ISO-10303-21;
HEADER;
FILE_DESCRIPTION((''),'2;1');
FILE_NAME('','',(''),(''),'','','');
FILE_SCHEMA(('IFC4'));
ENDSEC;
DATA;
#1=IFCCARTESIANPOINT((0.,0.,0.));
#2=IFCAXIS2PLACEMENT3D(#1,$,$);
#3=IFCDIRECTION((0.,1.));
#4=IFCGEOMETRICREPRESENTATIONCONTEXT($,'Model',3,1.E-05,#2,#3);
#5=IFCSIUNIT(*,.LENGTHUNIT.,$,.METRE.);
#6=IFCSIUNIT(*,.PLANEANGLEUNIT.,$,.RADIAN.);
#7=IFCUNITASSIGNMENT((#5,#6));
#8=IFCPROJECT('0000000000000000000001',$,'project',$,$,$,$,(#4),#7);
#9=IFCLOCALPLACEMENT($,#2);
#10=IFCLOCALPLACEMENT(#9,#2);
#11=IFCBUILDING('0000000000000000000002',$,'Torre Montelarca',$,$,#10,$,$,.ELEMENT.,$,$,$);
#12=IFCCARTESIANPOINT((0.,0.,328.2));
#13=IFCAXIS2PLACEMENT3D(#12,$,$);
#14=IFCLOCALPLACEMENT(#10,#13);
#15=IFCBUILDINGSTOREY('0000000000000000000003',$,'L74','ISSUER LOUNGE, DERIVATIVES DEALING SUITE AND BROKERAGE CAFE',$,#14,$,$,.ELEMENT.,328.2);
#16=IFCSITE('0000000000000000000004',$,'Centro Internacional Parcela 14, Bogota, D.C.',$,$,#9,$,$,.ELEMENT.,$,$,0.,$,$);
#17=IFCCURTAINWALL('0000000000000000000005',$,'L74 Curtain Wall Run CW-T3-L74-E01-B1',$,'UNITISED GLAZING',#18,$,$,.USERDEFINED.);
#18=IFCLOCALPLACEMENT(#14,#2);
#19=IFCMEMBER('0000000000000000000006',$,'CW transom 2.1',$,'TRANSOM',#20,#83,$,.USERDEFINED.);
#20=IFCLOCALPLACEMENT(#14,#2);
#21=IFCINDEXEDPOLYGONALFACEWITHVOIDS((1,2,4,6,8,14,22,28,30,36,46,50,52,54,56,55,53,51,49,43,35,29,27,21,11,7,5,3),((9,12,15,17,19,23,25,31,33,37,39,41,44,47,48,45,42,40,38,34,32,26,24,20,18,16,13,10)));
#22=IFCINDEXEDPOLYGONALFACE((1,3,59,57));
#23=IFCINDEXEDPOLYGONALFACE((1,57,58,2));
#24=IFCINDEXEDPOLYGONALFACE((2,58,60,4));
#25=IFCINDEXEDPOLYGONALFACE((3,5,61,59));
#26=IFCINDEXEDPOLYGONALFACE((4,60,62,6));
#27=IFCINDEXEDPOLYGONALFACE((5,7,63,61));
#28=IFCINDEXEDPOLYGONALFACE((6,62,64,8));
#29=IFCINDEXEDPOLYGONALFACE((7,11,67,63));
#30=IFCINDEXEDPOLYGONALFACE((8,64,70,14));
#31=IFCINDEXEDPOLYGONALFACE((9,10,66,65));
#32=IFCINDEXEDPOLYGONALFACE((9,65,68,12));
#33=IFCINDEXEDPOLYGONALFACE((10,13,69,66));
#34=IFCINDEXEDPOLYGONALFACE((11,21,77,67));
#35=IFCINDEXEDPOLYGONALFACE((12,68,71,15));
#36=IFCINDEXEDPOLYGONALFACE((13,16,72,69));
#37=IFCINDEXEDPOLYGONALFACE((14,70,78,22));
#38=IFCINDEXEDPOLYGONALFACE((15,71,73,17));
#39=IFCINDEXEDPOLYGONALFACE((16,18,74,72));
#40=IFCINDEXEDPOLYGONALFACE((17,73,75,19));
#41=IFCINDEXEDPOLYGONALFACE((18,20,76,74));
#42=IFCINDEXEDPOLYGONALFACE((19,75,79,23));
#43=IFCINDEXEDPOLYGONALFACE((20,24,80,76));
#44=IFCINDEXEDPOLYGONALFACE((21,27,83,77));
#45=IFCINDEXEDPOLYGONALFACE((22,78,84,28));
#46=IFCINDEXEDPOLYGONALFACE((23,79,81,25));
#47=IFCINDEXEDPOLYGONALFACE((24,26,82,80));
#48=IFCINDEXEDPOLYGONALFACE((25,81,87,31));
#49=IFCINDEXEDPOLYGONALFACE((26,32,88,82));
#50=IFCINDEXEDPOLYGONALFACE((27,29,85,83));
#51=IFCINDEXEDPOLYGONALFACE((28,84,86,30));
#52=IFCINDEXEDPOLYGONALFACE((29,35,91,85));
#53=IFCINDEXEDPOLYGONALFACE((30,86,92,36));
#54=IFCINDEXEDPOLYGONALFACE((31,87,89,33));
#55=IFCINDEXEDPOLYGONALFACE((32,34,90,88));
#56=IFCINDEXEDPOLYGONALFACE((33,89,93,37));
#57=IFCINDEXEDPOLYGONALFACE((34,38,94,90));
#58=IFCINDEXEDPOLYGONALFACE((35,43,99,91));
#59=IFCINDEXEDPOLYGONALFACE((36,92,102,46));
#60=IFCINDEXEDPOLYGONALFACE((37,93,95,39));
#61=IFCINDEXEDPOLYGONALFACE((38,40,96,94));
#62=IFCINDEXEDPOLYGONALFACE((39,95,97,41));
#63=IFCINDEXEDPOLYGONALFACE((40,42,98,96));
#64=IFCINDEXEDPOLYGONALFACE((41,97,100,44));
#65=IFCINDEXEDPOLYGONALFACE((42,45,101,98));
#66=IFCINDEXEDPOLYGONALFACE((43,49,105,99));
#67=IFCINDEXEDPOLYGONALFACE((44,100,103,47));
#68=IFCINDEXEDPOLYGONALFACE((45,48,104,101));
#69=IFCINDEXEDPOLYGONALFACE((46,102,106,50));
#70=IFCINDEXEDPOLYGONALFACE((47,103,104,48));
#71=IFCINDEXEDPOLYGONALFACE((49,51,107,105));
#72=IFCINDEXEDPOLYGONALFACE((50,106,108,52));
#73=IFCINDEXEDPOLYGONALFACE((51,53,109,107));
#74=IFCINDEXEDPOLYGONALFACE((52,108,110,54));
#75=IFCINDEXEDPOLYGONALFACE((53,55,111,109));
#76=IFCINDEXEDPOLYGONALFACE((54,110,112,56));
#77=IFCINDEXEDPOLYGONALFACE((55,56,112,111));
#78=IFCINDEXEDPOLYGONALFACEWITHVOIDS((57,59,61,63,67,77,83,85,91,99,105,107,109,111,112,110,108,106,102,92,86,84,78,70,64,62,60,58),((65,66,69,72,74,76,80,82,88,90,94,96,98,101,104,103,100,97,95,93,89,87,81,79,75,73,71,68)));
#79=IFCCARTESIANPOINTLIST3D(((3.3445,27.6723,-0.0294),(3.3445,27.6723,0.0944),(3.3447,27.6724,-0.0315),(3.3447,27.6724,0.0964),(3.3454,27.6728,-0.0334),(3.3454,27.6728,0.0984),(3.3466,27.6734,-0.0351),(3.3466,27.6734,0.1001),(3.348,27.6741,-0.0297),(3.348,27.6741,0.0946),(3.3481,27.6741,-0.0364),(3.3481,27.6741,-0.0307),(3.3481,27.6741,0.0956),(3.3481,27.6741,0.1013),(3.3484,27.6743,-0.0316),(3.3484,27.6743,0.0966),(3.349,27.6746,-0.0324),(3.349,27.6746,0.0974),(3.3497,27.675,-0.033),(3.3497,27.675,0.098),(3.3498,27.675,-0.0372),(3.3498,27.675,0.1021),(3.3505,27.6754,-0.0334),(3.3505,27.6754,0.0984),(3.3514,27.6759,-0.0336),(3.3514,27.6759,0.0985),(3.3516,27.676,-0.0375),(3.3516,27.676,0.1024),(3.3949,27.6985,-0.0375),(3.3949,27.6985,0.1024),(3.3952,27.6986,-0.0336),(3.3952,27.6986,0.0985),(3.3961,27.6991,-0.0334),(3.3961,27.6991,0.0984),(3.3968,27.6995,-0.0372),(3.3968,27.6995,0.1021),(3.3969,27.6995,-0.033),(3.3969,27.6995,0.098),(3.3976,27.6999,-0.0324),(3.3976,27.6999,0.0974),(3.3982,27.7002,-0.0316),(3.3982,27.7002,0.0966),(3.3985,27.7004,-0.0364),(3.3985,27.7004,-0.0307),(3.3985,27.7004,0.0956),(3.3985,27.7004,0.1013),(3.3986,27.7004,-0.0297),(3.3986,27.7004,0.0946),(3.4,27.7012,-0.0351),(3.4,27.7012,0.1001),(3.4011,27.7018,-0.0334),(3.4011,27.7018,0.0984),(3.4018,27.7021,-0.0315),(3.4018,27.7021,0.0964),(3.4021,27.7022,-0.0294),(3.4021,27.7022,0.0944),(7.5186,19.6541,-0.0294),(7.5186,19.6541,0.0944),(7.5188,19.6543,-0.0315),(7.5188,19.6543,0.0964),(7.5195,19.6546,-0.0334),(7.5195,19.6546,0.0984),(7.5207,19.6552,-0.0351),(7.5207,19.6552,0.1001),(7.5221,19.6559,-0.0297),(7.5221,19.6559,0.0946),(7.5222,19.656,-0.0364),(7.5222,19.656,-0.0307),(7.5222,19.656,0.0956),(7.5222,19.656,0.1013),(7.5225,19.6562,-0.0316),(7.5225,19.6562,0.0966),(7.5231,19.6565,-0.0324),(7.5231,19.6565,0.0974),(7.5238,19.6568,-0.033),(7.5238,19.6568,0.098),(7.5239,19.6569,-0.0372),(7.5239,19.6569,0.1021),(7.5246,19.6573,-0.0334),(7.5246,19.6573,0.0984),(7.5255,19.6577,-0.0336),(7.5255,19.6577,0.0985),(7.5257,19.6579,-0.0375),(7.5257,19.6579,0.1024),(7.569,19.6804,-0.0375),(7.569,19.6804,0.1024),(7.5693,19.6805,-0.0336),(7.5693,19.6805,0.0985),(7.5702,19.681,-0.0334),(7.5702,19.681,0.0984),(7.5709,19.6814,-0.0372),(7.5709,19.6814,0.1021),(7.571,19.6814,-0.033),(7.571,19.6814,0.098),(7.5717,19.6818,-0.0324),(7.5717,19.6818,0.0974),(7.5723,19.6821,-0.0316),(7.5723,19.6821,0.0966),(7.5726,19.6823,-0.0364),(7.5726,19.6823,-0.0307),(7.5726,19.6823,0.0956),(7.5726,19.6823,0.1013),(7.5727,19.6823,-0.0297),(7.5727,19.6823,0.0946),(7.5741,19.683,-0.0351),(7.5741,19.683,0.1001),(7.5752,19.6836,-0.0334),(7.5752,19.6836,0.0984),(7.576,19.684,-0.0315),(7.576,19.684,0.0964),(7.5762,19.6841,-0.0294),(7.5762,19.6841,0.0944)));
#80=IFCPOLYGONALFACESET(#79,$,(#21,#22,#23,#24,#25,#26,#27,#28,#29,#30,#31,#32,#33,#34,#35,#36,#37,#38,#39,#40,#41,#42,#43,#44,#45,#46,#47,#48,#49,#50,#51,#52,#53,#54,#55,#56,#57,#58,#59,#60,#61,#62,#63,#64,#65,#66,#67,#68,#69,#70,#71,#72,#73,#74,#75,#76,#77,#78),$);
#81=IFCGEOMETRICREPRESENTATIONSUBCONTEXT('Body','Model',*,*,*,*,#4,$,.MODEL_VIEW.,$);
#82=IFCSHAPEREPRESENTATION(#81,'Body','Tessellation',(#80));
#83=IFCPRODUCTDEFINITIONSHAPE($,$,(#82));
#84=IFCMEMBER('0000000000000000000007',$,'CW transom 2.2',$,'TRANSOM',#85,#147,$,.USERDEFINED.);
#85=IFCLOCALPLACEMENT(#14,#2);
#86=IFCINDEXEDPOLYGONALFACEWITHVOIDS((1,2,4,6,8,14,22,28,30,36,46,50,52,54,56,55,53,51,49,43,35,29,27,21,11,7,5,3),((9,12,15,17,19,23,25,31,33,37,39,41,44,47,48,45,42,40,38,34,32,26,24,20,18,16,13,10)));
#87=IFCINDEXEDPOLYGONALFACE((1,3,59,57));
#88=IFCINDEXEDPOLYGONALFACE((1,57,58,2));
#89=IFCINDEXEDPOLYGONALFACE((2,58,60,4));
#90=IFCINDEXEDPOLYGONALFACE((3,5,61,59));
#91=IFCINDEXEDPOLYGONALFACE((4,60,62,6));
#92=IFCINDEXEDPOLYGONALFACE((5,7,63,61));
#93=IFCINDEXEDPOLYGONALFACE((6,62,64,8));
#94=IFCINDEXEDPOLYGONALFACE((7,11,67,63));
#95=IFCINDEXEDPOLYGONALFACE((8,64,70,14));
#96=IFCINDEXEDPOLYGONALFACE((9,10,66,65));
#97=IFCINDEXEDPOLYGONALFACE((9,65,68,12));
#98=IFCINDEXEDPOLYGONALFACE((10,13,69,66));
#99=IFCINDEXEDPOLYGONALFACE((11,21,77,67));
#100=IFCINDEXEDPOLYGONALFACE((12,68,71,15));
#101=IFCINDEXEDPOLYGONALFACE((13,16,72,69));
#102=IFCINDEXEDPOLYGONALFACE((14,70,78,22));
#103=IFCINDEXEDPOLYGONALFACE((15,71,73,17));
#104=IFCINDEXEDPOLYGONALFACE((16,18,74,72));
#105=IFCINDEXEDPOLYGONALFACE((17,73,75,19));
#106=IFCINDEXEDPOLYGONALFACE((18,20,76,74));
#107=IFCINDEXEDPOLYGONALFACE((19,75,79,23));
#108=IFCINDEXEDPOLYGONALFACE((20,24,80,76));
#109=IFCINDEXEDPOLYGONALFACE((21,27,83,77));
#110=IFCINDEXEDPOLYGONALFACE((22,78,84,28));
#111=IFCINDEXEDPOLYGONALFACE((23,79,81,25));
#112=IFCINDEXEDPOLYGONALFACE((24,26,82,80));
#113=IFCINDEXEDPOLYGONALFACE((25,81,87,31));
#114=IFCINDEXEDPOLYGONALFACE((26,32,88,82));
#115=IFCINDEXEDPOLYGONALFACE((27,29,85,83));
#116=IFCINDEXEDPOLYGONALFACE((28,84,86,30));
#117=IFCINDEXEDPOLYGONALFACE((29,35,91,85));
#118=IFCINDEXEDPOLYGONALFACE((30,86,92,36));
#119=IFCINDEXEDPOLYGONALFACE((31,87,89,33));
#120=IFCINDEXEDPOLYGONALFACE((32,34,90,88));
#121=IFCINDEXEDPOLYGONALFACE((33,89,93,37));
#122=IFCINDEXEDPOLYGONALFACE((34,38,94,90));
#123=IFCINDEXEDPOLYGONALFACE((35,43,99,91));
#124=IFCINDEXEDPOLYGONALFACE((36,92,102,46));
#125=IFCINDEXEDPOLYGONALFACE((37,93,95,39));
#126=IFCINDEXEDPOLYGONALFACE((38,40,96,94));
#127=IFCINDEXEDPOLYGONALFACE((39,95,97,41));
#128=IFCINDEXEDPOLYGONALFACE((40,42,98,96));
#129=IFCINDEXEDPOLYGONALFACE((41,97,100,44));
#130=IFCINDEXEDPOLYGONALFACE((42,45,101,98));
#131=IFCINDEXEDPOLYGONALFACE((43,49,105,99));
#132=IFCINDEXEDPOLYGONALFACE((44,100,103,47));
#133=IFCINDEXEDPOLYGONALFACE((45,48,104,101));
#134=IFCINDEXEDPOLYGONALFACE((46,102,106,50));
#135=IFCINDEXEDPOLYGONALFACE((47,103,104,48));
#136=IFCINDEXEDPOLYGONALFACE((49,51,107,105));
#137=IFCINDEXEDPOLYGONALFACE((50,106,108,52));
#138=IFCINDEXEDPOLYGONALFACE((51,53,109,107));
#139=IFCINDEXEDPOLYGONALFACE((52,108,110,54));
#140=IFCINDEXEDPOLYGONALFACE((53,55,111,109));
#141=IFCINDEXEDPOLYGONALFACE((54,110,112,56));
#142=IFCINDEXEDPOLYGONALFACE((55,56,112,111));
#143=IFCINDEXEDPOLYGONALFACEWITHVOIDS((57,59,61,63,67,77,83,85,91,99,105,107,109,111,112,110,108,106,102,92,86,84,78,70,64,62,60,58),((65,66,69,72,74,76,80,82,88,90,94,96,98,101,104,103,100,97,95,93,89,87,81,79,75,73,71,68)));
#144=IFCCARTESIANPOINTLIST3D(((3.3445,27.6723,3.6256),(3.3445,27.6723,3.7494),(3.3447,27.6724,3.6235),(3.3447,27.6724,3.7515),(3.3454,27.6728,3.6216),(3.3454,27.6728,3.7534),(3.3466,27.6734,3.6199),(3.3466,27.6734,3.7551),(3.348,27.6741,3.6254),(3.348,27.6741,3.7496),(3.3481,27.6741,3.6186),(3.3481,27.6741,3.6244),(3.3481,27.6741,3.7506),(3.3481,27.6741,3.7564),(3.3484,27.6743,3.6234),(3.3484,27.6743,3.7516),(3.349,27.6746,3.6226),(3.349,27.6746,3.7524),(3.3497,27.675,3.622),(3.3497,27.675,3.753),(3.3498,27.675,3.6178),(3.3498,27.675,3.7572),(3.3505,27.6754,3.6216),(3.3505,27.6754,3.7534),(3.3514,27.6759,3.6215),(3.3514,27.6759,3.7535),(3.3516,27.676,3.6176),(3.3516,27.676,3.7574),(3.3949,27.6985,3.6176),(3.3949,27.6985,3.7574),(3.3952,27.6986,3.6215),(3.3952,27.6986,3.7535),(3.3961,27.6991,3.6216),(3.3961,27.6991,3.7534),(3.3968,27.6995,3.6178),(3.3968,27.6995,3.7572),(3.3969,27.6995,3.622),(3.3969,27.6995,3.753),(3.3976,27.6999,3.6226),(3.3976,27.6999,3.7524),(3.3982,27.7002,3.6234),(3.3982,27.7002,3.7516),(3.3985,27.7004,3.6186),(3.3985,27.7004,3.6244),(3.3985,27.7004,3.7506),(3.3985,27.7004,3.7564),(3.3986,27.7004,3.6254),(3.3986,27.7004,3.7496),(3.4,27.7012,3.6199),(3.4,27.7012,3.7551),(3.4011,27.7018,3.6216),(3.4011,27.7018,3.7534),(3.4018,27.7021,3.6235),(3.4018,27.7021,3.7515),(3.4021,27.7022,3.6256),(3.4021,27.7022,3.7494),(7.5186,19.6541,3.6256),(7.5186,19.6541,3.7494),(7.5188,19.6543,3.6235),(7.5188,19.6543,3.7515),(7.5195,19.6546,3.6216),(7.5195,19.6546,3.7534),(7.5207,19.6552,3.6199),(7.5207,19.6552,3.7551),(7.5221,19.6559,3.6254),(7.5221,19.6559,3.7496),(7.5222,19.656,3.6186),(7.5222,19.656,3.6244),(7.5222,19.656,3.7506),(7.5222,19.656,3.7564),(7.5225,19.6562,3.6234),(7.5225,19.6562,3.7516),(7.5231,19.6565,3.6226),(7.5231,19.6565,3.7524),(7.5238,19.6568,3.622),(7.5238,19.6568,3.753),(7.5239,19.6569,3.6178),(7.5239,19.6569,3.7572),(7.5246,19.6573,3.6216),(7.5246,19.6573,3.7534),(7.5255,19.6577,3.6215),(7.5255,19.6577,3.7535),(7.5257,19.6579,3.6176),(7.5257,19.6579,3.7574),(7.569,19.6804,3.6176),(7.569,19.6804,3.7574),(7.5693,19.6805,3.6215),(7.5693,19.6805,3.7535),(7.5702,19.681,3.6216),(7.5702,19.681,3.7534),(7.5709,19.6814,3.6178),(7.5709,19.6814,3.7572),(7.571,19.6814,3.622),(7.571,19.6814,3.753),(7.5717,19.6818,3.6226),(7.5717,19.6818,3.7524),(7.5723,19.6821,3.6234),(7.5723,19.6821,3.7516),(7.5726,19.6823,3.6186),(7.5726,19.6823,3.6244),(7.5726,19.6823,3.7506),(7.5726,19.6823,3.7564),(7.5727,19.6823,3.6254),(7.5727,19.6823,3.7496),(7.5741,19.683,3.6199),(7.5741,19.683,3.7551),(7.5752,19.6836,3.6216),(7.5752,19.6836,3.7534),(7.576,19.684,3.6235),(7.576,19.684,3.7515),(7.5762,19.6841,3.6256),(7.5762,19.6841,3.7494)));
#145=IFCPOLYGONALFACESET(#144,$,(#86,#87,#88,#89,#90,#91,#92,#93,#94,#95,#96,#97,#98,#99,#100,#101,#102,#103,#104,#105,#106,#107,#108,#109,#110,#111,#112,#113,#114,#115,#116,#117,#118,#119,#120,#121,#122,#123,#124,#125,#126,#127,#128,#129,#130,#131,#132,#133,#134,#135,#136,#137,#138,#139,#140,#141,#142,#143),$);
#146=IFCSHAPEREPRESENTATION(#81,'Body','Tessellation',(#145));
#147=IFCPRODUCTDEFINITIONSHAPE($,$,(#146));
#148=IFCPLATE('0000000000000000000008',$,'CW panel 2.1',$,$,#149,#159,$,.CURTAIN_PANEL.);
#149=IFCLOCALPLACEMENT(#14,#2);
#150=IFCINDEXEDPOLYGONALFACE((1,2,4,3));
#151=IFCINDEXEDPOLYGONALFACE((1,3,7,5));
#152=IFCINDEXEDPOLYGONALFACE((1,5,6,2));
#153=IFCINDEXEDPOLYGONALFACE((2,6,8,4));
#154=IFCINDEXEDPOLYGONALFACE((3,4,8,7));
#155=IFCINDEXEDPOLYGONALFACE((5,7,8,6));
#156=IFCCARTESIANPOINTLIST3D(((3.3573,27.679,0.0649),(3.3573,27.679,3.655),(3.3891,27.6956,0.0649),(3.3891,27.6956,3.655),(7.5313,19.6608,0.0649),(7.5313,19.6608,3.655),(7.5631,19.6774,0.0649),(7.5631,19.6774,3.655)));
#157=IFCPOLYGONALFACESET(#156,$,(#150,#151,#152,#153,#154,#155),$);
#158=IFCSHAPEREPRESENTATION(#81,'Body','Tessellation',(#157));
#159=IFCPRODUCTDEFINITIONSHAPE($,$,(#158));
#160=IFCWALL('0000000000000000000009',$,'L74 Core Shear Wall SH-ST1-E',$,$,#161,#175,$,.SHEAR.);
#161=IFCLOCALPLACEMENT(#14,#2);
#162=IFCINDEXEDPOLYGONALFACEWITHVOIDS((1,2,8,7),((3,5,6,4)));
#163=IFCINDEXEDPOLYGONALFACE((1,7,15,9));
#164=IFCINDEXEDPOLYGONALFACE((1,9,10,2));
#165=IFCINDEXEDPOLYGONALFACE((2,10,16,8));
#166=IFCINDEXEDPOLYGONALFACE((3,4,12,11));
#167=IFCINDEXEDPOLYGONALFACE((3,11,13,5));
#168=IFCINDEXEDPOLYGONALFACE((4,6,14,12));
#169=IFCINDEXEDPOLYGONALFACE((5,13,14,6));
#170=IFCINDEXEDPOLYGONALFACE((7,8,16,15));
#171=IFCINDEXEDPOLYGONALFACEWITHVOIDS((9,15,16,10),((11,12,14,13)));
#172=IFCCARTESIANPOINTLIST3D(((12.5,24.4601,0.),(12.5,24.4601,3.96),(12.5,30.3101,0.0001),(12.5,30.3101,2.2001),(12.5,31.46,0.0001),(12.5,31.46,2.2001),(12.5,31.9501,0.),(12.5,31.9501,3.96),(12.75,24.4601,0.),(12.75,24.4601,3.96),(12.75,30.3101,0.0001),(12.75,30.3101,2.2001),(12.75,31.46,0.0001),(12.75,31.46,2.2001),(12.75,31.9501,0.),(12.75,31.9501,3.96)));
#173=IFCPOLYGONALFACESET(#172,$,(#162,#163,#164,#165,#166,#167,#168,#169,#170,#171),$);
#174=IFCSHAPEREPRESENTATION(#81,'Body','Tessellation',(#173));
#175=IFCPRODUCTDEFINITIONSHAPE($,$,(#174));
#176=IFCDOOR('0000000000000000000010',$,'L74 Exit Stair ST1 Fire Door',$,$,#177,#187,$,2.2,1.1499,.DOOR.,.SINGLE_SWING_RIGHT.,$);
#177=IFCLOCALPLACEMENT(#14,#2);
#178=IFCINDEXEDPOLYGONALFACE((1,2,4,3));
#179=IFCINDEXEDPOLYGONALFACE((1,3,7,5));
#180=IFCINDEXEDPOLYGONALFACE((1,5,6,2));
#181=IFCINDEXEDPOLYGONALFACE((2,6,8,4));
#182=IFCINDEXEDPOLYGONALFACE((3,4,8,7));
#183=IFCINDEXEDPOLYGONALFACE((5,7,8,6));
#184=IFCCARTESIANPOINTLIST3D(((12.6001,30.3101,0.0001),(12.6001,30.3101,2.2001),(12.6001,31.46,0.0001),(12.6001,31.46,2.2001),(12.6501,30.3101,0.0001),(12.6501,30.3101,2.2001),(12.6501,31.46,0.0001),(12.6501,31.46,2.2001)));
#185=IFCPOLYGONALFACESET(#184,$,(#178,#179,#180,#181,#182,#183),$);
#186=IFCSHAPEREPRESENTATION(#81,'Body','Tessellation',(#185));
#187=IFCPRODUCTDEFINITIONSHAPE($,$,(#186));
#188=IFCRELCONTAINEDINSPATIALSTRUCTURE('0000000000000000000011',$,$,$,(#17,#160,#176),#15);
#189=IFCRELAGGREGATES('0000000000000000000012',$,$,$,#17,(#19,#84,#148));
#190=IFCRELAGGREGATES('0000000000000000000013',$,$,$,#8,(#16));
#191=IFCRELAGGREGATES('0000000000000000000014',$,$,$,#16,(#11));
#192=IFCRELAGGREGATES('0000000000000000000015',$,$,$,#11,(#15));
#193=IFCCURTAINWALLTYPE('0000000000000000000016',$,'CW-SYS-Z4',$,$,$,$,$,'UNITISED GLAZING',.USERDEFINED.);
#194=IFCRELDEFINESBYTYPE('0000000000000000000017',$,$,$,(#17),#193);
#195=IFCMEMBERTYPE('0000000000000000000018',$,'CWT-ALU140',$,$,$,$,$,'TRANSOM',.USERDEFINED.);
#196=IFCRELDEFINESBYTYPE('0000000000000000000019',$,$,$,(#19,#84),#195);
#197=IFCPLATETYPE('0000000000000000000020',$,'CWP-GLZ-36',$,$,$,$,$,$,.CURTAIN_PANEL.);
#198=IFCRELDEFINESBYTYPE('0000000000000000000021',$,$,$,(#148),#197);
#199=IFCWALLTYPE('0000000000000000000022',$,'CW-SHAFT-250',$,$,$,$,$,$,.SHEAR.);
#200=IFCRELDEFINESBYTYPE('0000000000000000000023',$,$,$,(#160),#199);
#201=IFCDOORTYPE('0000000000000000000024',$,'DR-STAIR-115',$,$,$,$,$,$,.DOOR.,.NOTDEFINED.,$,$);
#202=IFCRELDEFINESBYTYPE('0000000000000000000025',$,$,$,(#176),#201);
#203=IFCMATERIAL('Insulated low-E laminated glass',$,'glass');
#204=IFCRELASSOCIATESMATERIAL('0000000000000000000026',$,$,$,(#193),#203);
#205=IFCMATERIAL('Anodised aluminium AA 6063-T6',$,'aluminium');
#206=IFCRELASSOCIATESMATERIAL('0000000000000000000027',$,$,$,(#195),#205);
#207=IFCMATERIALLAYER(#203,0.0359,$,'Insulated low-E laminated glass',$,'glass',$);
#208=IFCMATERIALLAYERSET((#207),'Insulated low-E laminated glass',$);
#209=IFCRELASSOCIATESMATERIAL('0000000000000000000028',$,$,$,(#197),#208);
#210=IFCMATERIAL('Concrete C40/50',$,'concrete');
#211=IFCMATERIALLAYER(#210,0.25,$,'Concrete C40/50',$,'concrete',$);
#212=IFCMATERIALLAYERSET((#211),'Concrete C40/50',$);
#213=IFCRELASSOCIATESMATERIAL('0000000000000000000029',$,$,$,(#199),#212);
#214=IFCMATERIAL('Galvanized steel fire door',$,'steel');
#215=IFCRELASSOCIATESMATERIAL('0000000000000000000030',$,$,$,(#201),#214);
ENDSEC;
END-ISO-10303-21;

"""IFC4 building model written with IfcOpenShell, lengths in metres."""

from ifc_helpers import new_model, si_unit, direction, frame, frame_2d, origin, origin_2d, place, context, subcontext, project, spatial, rectangle, hollow_rectangle, extrude, source, transform, mapped, material, layer, layer_set, material_profile, profile_set, type_object, element, fill, aggregate, save


model = new_model("IFC4")

# Units and contexts
model_context = context("Model", 3, precision=1e-05, world=origin(), true_north=direction((0.0, 1.0)))
body_context = subcontext(model_context, "Body", "Model", "MODEL_VIEW")
ifc_project = project(units=[si_unit("LENGTHUNIT", "METRE"), si_unit("PLANEANGLEUNIT", "RADIAN")], contexts=[model_context])

# Site, building, storey
site_placement = place(None, origin())
site = spatial("IfcSite", under=ifc_project, at=site_placement, Name="Centro Internacional Parcela 14, Bogota, D.C.", CompositionType="ELEMENT", RefElevation=0.0)
building_placement = place(site_placement, origin())
building = spatial("IfcBuilding", under=site, at=building_placement, Name="Torre Montelarca", CompositionType="ELEMENT")
storey_placement = place(building_placement, frame((0.0, 0.0, 328.2)))
storey = spatial("IfcBuildingStorey", under=building, at=storey_placement, Name="L74", Description="ISSUER LOUNGE, DERIVATIVES DEALING SUITE AND BROKERAGE CAFE", CompositionType="ELEMENT", Elevation=328.2)

# Shared definitions
ifc_material_1 = material(Name="Concrete C40/50", Category="concrete")

# Curtain wall
ifc_material_2 = material(Name="Insulated low-E laminated glass", Category="glass")
curtain_wall_type = type_object("IfcCurtainWallType", Name="CW-SYS-Z4", ElementType="UNITISED GLAZING", PredefinedType="USERDEFINED", material=ifc_material_2)
curtain_wall_1_placement = place(storey_placement, origin())
curtain_wall_1 = element("IfcCurtainWall", 1, at=curtain_wall_1_placement, inside=storey, type_object=curtain_wall_type, Name="L74 Curtain Wall Run CW-T3-L74-E01-B1", ObjectType="UNITISED GLAZING", PredefinedType="USERDEFINED")
ifc_material_3 = material(Name="Anodised aluminium AA 6063-T6", Category="aluminium")
ifc_material_profile_1 = material_profile(ifc_material_3, hollow_rectangle(XDim=0.0649, YDim=0.1399, WallThickness=0.0039, InnerFilletRadius=0.0039, OuterFilletRadius=0.0081, at=origin_2d()), Name="ALU65X140X4", Category="aluminium")
ifc_profile_set_1 = profile_set([ifc_material_profile_1], Name="Anodised aluminium AA 6063-T6")
member_type_1 = type_object("IfcMemberType", Name="CWT-ALU140", ElementType="TRANSOM", PredefinedType="USERDEFINED", material=ifc_profile_set_1)

# Members
shared_shape_1 = source(origin(), body_context, "Body", "SweptSolid", [
    extrude(hollow_rectangle(XDim=0.0649, YDim=0.1399, WallThickness=0.0039, InnerFilletRadius=0.0039, OuterFilletRadius=0.0081, at=origin_2d()), origin(), (0.0, 0.0, 1.0), 9.0396),
])
member_1_placement = place(storey_placement, frame((3.3733, 27.6873, 0.0325), z_axis=(0.46176, -0.887005, 0.0), x_axis=(0.887005, 0.46176, 0.0)))
member_1 = element("IfcMember", 2, at=member_1_placement, type_object=member_type_1, Name="CW transom 2.1", ObjectType="TRANSOM", PredefinedType="USERDEFINED", context=body_context, shape_type="MappedRepresentation", body=[
    mapped(shared_shape_1, transform((0.0, 0.0, 0.0), scale=1.0)),
])
member_2_placement = place(storey_placement, frame((3.3733, 27.6873, 3.6875), z_axis=(0.46176, -0.887005, 0.0), x_axis=(0.887005, 0.46176, 0.0)))
member_2 = element("IfcMember", 3, at=member_2_placement, type_object=member_type_1, Name="CW transom 2.2", ObjectType="TRANSOM", PredefinedType="USERDEFINED", context=body_context, shape_type="MappedRepresentation", body=[
    mapped(shared_shape_1, transform((0.0, 0.0, 0.0), scale=1.0)),
])

# Plate
ifc_layer_1 = layer(ifc_material_2, 0.0359, Name="Insulated low-E laminated glass", Category="glass")
ifc_layer_set_1 = layer_set([ifc_layer_1], Name="Insulated low-E laminated glass")
plate_type = type_object("IfcPlateType", Name="CWP-GLZ-36", PredefinedType="CURTAIN_PANEL", material=ifc_layer_set_1)
shared_shape_2 = source(origin(), body_context, "Body", "SweptSolid", [
    extrude(rectangle(XDim=9.0396, YDim=0.0359, at=origin_2d()), origin(), (0.0, 0.0, 1.0), 3.5901),
])
plate_placement = place(storey_placement, frame((5.4602, 23.6782, 0.0649), z_axis=(0.0, 0.0, 1.0), x_axis=(0.461747, -0.887011, 0.0)))
plate = element("IfcPlate", 4, at=plate_placement, type_object=plate_type, Name="CW panel 2.1", PredefinedType="CURTAIN_PANEL", context=body_context, shape_type="MappedRepresentation", body=[
    mapped(shared_shape_2, transform((0.0, 0.0, 0.0), scale=1.0)),
])
aggregate(curtain_wall_1, [member_1, member_2, plate])

# Wall, opening, door
ifc_layer_2 = layer(ifc_material_1, 0.25, Name="Concrete C40/50", Category="concrete")
ifc_layer_set_2 = layer_set([ifc_layer_2], Name="Concrete C40/50")
wall_type_1 = type_object("IfcWallType", Name="CW-SHAFT-250", PredefinedType="SHEAR", material=ifc_layer_set_2)
wall_1_placement = place(storey_placement, frame((12.625, 24.46, 0.0), z_axis=(0.0, 0.0, 1.0), x_axis=(0.0, 1.0, 0.0)))
wall_1 = element("IfcWall", 5, at=wall_1_placement, inside=storey, type_object=wall_type_1, Name="L74 Core Shear Wall SH-ST1-E", PredefinedType="SHEAR", context=body_context, shape_type="SweptSolid", body=[
    extrude(rectangle(XDim=7.49, YDim=0.25, at=frame_2d((3.7451, 0.0))), origin(), (0.0, 0.0, 1.0), 3.96),
])
opening_1_placement = place(wall_1_placement, frame((5.8501, 0.0, 0.0)))
opening_1 = element("IfcOpeningElement", 6, at=opening_1_placement, cuts=wall_1, PredefinedType="OPENING", context=body_context, shape_type="SweptSolid", body=[
    extrude(rectangle(XDim=1.1499, YDim=2.2, at=frame_2d((0.575, 1.1001))), frame((0.0, 0.135, 0.0), z_axis=(0.0, -1.0, 0.0), x_axis=(1.0, 0.0, 0.0)), (0.0, 0.0, 1.0), 0.27),
])
ifc_material_4 = material(Name="Galvanized steel fire door", Category="steel")
door_type_1 = type_object("IfcDoorType", Name="DR-STAIR-115", OperationType="NOTDEFINED", PredefinedType="DOOR", material=ifc_material_4)
shared_shape_3 = source(origin(), body_context, "Body", "SweptSolid", [
    extrude(rectangle(XDim=1.1499, YDim=2.2, at=frame_2d((0.575, 1.1001))), frame((0.0, 0.0249, 0.0), z_axis=(0.0, -1.0, 0.0), x_axis=(1.0, 0.0, 0.0)), (0.0, 0.0, 1.0), 0.05),
])
door_1_placement = place(opening_1_placement, origin())
door_1 = element("IfcDoor", 7, at=door_1_placement, inside=storey, type_object=door_type_1, Name="L74 Exit Stair ST1 Fire Door", OperationType="SINGLE_SWING_RIGHT", OverallHeight=2.2, OverallWidth=1.1499, PredefinedType="DOOR", context=body_context, shape_type="MappedRepresentation", body=[
    mapped(shared_shape_3, transform((0.0, 0.0, 0.0), scale=1.0)),
])
fill(opening_1, door_1)

save(model, "model.ifc")
